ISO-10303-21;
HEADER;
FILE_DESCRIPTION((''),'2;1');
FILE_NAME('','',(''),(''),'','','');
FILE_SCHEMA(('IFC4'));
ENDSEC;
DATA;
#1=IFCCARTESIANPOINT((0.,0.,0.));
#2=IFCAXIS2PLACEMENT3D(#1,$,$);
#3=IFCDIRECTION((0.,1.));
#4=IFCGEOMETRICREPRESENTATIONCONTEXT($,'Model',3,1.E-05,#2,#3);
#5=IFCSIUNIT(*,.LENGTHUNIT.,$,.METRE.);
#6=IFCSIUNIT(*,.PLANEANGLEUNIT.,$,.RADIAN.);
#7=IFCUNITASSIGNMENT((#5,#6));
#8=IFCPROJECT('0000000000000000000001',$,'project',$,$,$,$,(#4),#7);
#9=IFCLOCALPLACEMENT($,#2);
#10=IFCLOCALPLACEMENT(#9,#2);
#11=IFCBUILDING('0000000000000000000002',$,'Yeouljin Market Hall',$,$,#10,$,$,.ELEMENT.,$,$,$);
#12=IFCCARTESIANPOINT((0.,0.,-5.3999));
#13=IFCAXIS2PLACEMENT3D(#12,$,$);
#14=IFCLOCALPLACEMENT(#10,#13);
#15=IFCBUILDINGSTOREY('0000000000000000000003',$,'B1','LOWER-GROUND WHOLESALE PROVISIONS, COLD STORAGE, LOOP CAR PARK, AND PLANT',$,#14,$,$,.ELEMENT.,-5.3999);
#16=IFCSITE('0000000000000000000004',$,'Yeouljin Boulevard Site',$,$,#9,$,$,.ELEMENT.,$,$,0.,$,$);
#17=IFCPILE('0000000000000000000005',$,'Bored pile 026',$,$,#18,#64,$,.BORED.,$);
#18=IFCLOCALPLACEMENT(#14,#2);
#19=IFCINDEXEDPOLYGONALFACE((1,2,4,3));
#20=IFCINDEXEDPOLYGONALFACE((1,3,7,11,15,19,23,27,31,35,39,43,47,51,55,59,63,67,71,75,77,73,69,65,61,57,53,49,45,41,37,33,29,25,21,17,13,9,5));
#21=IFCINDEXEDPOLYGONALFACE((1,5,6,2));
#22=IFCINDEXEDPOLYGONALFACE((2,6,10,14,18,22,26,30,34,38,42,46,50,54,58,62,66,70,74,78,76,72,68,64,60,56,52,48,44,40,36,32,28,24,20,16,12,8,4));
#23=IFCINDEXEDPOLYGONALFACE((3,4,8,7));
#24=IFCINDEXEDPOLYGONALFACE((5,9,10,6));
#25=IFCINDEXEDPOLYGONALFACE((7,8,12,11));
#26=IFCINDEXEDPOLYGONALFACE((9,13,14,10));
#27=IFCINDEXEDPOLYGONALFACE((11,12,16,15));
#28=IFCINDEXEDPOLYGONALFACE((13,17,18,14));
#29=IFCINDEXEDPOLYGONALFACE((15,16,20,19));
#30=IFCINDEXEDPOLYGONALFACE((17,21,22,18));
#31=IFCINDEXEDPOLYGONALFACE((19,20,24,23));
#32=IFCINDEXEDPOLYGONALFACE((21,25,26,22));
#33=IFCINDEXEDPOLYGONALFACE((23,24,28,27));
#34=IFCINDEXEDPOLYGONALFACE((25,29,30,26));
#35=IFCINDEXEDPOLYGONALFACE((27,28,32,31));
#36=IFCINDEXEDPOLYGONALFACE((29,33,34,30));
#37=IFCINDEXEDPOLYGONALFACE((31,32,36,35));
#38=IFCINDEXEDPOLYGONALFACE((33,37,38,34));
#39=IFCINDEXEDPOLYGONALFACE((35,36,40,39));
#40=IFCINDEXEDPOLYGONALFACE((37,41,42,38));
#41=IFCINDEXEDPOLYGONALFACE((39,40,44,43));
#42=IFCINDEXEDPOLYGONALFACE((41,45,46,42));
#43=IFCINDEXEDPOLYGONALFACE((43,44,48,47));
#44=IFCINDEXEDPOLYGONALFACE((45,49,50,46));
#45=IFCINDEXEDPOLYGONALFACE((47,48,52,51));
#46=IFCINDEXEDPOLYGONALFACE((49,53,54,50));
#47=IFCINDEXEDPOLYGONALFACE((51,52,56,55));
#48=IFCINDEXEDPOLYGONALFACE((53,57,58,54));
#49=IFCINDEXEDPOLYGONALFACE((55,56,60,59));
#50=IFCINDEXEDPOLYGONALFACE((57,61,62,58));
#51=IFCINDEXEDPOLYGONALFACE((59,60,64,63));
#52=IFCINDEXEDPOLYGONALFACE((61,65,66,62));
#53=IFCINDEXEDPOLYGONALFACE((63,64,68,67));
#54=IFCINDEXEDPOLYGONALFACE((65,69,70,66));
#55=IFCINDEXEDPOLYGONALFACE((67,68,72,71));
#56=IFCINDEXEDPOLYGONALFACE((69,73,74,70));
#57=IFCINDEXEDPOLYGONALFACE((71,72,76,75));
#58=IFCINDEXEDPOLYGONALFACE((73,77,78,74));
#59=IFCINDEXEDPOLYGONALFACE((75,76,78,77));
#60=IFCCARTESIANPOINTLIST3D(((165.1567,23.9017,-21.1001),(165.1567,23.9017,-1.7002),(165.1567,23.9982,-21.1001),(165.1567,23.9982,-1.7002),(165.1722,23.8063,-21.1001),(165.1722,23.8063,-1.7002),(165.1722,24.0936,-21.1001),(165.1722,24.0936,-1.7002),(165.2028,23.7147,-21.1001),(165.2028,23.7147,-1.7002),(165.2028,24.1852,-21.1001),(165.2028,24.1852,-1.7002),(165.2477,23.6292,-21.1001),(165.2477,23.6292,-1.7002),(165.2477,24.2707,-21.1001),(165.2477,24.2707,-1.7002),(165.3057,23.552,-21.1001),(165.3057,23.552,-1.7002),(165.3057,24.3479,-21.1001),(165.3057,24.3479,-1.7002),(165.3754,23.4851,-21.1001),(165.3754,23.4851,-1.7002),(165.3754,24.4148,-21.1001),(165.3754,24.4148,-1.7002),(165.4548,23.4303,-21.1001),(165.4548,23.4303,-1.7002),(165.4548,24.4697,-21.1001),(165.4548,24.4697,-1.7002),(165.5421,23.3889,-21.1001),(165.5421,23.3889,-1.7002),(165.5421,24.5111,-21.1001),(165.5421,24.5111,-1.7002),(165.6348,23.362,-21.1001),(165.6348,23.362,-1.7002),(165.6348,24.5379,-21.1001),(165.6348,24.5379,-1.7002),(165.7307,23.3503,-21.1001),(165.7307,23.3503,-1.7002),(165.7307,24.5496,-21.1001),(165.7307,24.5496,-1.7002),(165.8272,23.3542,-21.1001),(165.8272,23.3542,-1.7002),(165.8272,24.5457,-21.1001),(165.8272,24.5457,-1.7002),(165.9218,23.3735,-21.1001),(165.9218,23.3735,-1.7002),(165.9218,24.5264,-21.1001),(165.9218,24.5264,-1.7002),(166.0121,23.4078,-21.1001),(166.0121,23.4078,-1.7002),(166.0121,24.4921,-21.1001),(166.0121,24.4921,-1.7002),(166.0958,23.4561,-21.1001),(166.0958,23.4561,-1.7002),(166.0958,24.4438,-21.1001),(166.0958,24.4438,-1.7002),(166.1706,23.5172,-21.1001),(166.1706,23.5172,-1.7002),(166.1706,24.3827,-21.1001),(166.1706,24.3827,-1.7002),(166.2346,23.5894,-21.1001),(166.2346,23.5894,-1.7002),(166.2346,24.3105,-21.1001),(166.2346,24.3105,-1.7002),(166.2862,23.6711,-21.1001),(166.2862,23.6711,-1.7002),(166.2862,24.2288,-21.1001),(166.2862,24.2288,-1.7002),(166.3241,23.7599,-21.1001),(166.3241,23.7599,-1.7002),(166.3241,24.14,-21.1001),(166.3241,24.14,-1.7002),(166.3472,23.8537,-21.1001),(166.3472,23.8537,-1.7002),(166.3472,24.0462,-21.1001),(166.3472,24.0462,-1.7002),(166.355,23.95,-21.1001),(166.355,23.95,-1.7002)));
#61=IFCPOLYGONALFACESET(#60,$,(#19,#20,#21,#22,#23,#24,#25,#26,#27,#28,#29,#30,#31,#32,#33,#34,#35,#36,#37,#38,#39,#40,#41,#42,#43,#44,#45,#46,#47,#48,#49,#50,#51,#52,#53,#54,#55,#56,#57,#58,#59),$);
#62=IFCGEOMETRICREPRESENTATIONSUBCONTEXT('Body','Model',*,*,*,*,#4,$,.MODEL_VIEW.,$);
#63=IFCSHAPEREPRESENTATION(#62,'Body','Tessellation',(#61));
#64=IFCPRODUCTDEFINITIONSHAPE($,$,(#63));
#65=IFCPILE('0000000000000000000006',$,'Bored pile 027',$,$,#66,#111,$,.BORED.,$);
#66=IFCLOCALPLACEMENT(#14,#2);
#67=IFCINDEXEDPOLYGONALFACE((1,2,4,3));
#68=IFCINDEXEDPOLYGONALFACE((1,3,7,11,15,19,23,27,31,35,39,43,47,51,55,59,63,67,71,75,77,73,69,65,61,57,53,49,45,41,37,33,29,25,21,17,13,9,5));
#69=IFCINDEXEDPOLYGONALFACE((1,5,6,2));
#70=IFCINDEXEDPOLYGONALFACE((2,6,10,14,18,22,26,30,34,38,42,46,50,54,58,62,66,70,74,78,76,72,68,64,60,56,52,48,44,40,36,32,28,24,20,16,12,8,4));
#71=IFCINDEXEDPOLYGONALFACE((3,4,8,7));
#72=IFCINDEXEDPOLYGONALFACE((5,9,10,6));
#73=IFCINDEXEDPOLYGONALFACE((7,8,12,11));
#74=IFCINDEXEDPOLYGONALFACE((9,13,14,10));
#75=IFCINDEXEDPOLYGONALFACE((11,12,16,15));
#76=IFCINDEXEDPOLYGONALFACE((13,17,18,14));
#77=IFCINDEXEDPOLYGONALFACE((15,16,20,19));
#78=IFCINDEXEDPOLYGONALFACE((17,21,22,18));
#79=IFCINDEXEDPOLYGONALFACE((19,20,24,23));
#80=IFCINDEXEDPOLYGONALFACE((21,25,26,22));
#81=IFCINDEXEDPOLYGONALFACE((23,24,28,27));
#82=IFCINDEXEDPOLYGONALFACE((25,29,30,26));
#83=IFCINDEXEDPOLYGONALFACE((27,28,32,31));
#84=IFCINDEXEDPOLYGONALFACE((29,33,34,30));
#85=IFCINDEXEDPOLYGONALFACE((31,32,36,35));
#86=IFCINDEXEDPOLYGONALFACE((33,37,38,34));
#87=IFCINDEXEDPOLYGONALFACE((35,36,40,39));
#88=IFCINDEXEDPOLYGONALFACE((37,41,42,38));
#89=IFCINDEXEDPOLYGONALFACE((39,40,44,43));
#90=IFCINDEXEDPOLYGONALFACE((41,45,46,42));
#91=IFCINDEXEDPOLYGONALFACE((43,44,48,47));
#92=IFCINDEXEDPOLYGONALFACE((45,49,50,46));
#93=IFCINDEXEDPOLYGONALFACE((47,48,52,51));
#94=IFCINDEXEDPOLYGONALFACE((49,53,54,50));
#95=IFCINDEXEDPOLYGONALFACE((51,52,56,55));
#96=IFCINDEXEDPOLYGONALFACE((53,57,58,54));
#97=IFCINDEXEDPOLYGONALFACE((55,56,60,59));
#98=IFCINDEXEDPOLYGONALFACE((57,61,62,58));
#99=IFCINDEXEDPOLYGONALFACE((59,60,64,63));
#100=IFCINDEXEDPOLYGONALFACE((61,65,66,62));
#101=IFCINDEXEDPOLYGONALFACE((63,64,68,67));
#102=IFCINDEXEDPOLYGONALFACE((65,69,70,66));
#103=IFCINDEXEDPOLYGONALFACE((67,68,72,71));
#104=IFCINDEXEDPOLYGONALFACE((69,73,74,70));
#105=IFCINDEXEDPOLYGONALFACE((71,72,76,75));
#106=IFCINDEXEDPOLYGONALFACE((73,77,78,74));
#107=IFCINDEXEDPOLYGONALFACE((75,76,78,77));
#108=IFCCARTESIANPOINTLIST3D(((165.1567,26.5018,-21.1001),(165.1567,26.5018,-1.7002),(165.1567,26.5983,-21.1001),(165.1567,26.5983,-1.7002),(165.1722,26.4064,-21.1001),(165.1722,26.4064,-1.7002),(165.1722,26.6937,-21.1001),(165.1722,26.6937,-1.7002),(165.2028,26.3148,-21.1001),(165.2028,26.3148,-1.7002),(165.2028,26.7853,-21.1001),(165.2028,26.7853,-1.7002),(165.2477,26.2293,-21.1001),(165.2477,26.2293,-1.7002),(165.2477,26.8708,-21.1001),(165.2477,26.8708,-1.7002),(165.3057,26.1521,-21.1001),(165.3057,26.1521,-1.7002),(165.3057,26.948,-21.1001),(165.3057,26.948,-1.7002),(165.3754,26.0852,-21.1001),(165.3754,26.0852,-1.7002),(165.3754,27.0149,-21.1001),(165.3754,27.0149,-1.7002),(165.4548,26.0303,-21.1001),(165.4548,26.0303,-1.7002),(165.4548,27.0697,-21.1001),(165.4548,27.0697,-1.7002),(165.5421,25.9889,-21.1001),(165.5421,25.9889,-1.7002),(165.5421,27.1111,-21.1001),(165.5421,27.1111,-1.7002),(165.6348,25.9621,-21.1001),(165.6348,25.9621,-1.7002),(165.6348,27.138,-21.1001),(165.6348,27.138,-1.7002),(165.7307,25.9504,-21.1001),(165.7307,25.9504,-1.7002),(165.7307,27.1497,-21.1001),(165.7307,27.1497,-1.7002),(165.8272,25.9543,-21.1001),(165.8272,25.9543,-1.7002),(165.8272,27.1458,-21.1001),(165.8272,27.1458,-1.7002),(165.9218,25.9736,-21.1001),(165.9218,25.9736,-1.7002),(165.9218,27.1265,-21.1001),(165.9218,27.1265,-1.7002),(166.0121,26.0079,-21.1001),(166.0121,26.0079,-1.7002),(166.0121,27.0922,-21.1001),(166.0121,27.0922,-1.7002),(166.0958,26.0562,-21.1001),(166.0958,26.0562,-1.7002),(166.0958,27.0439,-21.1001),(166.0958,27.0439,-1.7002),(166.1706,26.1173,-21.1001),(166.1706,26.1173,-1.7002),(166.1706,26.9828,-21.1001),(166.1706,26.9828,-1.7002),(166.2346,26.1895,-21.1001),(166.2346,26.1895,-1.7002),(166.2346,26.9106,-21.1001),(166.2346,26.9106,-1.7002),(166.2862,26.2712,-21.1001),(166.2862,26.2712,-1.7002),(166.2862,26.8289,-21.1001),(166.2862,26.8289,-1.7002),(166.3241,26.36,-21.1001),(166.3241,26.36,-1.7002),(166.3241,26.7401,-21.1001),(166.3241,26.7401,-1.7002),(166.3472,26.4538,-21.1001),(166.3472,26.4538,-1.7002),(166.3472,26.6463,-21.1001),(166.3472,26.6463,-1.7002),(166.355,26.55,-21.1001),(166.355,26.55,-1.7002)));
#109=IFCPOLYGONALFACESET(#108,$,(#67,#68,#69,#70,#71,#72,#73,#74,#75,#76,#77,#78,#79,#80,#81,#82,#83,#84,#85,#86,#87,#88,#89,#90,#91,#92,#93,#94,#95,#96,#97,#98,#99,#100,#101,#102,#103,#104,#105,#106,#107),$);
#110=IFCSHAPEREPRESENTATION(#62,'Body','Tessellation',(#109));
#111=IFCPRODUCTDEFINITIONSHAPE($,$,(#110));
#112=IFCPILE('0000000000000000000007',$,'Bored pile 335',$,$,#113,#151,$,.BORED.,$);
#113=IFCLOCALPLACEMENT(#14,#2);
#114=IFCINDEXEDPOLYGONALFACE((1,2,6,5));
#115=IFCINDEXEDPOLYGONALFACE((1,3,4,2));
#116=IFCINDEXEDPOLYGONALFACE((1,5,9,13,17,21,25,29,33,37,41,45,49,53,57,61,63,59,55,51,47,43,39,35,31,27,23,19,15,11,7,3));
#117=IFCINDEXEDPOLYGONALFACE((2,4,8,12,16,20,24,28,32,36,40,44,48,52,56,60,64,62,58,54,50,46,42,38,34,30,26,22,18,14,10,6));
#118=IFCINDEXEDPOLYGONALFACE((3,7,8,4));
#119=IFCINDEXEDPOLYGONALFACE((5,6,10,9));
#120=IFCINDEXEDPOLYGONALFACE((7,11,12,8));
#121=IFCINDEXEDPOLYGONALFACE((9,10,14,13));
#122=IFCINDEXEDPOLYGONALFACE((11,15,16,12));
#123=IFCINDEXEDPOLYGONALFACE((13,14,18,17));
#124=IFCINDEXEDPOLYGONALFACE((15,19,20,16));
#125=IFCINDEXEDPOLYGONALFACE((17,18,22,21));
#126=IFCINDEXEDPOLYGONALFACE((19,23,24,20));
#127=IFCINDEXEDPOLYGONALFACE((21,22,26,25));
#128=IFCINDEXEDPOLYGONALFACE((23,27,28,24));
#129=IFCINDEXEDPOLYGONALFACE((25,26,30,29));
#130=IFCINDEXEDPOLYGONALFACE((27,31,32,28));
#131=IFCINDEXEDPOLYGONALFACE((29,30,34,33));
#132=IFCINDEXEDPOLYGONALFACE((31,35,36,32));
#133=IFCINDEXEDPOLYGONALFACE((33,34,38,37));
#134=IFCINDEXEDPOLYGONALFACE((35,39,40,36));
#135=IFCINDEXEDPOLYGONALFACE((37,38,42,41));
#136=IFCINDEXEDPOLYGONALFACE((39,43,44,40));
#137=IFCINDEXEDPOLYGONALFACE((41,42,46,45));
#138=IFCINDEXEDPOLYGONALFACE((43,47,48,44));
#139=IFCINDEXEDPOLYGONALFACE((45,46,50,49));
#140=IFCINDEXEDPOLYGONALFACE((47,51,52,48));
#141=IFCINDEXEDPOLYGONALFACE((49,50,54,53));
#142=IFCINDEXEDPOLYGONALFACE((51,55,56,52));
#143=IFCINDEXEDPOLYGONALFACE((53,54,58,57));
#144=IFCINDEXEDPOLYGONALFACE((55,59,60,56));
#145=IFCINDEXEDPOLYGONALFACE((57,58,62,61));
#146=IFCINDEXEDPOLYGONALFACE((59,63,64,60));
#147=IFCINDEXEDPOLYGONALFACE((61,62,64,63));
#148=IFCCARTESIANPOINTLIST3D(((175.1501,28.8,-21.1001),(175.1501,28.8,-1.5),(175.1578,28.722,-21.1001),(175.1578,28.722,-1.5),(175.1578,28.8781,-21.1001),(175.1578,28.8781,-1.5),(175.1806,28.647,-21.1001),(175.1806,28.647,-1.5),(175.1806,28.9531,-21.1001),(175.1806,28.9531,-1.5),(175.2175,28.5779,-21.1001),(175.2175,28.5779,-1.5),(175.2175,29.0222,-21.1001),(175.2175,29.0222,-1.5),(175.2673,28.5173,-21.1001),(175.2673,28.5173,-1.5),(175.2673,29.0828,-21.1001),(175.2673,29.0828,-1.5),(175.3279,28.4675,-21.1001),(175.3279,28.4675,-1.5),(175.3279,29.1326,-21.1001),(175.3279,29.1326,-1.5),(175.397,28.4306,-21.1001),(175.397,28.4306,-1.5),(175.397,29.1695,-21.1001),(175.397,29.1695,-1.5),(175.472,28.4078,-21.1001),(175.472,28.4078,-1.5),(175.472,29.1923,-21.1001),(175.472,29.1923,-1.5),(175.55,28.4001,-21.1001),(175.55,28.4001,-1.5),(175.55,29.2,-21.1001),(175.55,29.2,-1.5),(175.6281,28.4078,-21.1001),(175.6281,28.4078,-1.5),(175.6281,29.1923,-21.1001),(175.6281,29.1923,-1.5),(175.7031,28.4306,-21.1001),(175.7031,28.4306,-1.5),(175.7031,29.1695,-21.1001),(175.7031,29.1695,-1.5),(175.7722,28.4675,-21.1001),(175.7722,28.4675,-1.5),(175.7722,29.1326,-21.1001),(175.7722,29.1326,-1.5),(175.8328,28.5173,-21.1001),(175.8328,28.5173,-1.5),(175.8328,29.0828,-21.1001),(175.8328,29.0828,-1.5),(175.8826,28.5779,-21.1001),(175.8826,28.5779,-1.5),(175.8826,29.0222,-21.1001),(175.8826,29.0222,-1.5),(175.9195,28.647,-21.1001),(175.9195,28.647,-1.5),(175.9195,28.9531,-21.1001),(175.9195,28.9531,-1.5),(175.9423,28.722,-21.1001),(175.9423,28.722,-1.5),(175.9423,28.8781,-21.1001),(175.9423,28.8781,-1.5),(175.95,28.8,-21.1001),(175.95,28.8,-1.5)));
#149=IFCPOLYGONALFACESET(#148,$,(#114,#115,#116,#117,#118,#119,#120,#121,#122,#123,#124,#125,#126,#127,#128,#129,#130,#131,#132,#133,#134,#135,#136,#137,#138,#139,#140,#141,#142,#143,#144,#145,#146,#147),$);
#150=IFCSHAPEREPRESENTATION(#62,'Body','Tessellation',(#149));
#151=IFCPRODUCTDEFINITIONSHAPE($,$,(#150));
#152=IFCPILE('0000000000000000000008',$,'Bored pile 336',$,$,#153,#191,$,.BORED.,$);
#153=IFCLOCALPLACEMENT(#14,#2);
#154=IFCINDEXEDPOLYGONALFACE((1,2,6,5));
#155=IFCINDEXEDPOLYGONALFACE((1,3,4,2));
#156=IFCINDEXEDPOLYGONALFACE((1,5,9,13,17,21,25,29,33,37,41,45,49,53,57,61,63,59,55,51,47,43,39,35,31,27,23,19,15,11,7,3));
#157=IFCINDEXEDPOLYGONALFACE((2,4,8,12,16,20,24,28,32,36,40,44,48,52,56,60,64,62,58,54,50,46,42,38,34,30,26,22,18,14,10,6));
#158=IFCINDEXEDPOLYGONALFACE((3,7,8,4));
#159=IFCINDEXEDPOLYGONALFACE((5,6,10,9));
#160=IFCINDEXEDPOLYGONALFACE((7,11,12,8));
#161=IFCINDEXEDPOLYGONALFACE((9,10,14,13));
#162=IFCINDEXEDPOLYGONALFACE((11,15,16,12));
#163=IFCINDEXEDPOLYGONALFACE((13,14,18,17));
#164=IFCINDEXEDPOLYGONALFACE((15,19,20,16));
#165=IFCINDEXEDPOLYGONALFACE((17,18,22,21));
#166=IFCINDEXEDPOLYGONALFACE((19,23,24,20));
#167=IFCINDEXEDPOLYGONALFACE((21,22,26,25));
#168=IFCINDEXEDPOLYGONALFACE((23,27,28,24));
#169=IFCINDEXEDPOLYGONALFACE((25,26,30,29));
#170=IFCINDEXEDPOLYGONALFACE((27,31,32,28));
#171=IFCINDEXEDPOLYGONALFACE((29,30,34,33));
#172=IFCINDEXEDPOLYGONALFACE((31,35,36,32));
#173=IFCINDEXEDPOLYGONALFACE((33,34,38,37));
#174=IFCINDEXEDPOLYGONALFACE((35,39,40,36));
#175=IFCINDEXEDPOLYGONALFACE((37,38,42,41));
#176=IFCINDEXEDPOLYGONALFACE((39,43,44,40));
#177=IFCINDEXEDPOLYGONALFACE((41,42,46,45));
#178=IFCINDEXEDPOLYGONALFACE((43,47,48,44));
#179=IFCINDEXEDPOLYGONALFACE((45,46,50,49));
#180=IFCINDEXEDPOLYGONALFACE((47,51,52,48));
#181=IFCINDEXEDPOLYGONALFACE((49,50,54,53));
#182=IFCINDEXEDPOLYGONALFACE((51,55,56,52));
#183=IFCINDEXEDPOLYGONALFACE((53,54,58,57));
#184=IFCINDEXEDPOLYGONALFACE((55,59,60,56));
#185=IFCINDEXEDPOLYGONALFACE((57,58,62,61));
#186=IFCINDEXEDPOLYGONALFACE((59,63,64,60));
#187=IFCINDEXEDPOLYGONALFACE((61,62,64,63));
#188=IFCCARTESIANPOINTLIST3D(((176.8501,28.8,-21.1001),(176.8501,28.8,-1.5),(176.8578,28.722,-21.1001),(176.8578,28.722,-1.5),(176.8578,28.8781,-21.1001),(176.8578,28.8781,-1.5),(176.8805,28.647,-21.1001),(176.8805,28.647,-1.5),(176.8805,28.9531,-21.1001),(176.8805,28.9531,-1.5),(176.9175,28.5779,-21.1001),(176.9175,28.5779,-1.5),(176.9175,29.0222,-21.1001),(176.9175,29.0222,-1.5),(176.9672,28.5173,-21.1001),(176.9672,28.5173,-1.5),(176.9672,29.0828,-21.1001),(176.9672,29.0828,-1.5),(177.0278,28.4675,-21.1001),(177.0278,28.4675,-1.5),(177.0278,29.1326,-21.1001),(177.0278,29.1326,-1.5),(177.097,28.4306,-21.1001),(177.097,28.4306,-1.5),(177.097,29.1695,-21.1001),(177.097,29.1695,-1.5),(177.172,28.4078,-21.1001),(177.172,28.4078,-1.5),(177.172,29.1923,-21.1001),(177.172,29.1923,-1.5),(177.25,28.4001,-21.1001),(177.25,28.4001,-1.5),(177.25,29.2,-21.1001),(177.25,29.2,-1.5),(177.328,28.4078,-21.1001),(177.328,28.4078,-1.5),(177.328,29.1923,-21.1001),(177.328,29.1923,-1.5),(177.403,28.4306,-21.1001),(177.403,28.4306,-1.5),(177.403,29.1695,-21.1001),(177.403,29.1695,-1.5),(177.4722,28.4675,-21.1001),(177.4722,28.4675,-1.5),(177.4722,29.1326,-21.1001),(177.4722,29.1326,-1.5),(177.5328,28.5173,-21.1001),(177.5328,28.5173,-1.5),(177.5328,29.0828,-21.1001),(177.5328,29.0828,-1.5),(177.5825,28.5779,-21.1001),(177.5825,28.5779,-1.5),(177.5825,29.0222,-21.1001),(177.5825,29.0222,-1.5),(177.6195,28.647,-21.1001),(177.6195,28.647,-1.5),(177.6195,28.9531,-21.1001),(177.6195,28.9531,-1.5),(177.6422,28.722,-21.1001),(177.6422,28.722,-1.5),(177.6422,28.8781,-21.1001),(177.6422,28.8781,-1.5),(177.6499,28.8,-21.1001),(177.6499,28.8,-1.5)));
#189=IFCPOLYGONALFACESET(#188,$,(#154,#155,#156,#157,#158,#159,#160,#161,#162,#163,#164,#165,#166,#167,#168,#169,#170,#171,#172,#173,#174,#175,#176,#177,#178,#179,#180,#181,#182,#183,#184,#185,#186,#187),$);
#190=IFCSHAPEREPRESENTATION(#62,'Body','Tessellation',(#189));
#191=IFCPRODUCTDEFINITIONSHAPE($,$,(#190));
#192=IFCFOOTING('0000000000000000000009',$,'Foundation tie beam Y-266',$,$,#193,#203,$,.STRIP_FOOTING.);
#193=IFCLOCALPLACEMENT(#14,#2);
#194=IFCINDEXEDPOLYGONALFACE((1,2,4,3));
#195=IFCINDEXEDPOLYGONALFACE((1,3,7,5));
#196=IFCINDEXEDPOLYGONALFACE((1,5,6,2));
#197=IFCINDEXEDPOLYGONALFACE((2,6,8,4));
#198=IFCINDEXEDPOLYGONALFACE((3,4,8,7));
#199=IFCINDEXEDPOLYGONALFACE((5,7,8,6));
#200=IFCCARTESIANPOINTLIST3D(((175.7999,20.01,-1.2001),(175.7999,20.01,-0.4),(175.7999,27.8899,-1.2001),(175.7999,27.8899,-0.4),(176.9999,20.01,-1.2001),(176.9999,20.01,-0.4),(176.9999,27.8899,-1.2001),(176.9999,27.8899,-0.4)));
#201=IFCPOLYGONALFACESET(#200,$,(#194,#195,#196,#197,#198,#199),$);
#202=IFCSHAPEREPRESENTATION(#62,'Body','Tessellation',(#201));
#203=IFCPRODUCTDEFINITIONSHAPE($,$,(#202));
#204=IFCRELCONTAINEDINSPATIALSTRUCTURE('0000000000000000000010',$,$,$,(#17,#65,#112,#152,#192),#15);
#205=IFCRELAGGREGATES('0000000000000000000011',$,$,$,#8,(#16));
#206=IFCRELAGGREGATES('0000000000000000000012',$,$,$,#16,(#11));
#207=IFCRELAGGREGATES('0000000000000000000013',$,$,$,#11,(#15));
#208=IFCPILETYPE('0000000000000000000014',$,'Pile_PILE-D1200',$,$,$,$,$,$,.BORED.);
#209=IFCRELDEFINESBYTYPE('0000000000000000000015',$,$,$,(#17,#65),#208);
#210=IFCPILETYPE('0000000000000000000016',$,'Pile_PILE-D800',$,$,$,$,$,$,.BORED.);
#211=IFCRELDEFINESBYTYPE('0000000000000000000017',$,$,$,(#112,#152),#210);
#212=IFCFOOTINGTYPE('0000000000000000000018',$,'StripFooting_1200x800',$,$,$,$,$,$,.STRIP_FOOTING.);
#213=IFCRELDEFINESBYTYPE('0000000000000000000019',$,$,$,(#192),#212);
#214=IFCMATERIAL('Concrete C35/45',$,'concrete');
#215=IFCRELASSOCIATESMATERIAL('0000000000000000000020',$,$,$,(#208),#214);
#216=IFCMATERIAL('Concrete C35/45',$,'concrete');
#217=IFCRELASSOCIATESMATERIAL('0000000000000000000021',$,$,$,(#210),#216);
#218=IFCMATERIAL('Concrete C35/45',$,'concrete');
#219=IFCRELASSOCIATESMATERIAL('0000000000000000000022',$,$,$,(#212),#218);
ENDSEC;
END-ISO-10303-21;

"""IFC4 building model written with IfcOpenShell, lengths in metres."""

from ifc_helpers import new_model, si_unit, direction, frame, origin, origin_2d, place, context, subcontext, project, spatial, rectangle, circle, extrude, material, material_profile, profile_set, type_object, element, save


model = new_model("IFC4")

# Units and contexts
model_context = context("Model", 3, precision=1e-05, world=origin(), true_north=direction((0.0, 1.0)))
body_context = subcontext(model_context, "Body", "Model", "MODEL_VIEW")
ifc_project = project(units=[si_unit("LENGTHUNIT", "METRE"), si_unit("PLANEANGLEUNIT", "RADIAN")], contexts=[model_context])

# Site, building, storey
site_placement = place(None, origin())
site = spatial("IfcSite", under=ifc_project, at=site_placement, Name="Yeouljin Boulevard Site", CompositionType="ELEMENT", RefElevation=0.0)
building_placement = place(site_placement, origin())
building = spatial("IfcBuilding", under=site, at=building_placement, Name="Yeouljin Market Hall", CompositionType="ELEMENT")
storey_placement = place(building_placement, frame((0.0, 0.0, -5.3999)))
storey = spatial("IfcBuildingStorey", under=building, at=storey_placement, Name="B1", Description="LOWER-GROUND WHOLESALE PROVISIONS, COLD STORAGE, LOOP CAR PARK, AND PLANT", CompositionType="ELEMENT", Elevation=-5.3999)

# Piles
ifc_material_1 = material(Name="Concrete C35/45", Category="concrete")
ifc_material_profile_1 = material_profile(ifc_material_1, circle(Radius=0.6001, at=origin_2d()), Name="PILE-D1200")
ifc_profile_set_1 = profile_set([ifc_material_profile_1], Name="Concrete C35/45")
pile_type_1 = type_object("IfcPileType", Name="Pile_PILE-D1200", PredefinedType="BORED", material=ifc_profile_set_1)
for number, where, z_axis, x_axis, name in (
    (1, (165.7549, 23.95, -1.7002), (0.0, 0.0, -1.0), (1.0, 0.0, 0.0), "Bored pile 026"),
    (2, (165.7549, 26.55, -1.7002), (0.0, 0.0, -1.0), (1.0, 0.0, 0.0), "Bored pile 027"),
):
    element("IfcPile", number, at=place(storey_placement, frame(where, z_axis=z_axis, x_axis=x_axis)), inside=storey, type_object=pile_type_1, Name=name, PredefinedType="BORED", context=body_context, shape_type="SweptSolid", body=[
        extrude(circle(Radius=0.6001, at=origin_2d()), origin(), (0.0, 0.0, 1.0), 19.3999),
    ])
ifc_material_2 = material(Name="Concrete C35/45", Category="concrete")
ifc_material_profile_2 = material_profile(ifc_material_2, circle(Radius=0.3999, at=origin_2d()), Name="PILE-D800")
ifc_profile_set_2 = profile_set([ifc_material_profile_2], Name="Concrete C35/45")
pile_type_2 = type_object("IfcPileType", Name="Pile_PILE-D800", PredefinedType="BORED", material=ifc_profile_set_2)
for number, where, z_axis, x_axis, name in (
    (3, (175.55, 28.8, -1.5), (0.0, 0.0, -1.0), (1.0, 0.0, 0.0), "Bored pile 335"),
    (4, (177.25, 28.8, -1.5), (0.0, 0.0, -1.0), (1.0, 0.0, 0.0), "Bored pile 336"),
):
    element("IfcPile", number, at=place(storey_placement, frame(where, z_axis=z_axis, x_axis=x_axis)), inside=storey, type_object=pile_type_2, Name=name, PredefinedType="BORED", context=body_context, shape_type="SweptSolid", body=[
        extrude(circle(Radius=0.3999, at=origin_2d()), origin(), (0.0, 0.0, 1.0), 19.6001),
    ])

# Footing
ifc_material_3 = material(Name="Concrete C35/45", Category="concrete")
ifc_material_profile_3 = material_profile(ifc_material_3, rectangle(XDim=1.2, YDim=0.8, at=origin_2d()), Name="SF-1200x800")
ifc_profile_set_3 = profile_set([ifc_material_profile_3], Name="Concrete C35/45")
footing_type = type_object("IfcFootingType", Name="StripFooting_1200x800", PredefinedType="STRIP_FOOTING", material=ifc_profile_set_3)
footing_placement = place(storey_placement, frame((176.3999, 20.01, -0.8), z_axis=(0.0, 1.0, 0.0), x_axis=(-1.0, 0.0, 0.0)))
element("IfcFooting", 5, at=footing_placement, inside=storey, type_object=footing_type, Name="Foundation tie beam Y-266", PredefinedType="STRIP_FOOTING", context=body_context, shape_type="SweptSolid", body=[
    extrude(rectangle(XDim=1.2, YDim=0.8, at=origin_2d()), origin(), (0.0, 0.0, 1.0), 7.8799),
])

save(model, "model.ifc")
